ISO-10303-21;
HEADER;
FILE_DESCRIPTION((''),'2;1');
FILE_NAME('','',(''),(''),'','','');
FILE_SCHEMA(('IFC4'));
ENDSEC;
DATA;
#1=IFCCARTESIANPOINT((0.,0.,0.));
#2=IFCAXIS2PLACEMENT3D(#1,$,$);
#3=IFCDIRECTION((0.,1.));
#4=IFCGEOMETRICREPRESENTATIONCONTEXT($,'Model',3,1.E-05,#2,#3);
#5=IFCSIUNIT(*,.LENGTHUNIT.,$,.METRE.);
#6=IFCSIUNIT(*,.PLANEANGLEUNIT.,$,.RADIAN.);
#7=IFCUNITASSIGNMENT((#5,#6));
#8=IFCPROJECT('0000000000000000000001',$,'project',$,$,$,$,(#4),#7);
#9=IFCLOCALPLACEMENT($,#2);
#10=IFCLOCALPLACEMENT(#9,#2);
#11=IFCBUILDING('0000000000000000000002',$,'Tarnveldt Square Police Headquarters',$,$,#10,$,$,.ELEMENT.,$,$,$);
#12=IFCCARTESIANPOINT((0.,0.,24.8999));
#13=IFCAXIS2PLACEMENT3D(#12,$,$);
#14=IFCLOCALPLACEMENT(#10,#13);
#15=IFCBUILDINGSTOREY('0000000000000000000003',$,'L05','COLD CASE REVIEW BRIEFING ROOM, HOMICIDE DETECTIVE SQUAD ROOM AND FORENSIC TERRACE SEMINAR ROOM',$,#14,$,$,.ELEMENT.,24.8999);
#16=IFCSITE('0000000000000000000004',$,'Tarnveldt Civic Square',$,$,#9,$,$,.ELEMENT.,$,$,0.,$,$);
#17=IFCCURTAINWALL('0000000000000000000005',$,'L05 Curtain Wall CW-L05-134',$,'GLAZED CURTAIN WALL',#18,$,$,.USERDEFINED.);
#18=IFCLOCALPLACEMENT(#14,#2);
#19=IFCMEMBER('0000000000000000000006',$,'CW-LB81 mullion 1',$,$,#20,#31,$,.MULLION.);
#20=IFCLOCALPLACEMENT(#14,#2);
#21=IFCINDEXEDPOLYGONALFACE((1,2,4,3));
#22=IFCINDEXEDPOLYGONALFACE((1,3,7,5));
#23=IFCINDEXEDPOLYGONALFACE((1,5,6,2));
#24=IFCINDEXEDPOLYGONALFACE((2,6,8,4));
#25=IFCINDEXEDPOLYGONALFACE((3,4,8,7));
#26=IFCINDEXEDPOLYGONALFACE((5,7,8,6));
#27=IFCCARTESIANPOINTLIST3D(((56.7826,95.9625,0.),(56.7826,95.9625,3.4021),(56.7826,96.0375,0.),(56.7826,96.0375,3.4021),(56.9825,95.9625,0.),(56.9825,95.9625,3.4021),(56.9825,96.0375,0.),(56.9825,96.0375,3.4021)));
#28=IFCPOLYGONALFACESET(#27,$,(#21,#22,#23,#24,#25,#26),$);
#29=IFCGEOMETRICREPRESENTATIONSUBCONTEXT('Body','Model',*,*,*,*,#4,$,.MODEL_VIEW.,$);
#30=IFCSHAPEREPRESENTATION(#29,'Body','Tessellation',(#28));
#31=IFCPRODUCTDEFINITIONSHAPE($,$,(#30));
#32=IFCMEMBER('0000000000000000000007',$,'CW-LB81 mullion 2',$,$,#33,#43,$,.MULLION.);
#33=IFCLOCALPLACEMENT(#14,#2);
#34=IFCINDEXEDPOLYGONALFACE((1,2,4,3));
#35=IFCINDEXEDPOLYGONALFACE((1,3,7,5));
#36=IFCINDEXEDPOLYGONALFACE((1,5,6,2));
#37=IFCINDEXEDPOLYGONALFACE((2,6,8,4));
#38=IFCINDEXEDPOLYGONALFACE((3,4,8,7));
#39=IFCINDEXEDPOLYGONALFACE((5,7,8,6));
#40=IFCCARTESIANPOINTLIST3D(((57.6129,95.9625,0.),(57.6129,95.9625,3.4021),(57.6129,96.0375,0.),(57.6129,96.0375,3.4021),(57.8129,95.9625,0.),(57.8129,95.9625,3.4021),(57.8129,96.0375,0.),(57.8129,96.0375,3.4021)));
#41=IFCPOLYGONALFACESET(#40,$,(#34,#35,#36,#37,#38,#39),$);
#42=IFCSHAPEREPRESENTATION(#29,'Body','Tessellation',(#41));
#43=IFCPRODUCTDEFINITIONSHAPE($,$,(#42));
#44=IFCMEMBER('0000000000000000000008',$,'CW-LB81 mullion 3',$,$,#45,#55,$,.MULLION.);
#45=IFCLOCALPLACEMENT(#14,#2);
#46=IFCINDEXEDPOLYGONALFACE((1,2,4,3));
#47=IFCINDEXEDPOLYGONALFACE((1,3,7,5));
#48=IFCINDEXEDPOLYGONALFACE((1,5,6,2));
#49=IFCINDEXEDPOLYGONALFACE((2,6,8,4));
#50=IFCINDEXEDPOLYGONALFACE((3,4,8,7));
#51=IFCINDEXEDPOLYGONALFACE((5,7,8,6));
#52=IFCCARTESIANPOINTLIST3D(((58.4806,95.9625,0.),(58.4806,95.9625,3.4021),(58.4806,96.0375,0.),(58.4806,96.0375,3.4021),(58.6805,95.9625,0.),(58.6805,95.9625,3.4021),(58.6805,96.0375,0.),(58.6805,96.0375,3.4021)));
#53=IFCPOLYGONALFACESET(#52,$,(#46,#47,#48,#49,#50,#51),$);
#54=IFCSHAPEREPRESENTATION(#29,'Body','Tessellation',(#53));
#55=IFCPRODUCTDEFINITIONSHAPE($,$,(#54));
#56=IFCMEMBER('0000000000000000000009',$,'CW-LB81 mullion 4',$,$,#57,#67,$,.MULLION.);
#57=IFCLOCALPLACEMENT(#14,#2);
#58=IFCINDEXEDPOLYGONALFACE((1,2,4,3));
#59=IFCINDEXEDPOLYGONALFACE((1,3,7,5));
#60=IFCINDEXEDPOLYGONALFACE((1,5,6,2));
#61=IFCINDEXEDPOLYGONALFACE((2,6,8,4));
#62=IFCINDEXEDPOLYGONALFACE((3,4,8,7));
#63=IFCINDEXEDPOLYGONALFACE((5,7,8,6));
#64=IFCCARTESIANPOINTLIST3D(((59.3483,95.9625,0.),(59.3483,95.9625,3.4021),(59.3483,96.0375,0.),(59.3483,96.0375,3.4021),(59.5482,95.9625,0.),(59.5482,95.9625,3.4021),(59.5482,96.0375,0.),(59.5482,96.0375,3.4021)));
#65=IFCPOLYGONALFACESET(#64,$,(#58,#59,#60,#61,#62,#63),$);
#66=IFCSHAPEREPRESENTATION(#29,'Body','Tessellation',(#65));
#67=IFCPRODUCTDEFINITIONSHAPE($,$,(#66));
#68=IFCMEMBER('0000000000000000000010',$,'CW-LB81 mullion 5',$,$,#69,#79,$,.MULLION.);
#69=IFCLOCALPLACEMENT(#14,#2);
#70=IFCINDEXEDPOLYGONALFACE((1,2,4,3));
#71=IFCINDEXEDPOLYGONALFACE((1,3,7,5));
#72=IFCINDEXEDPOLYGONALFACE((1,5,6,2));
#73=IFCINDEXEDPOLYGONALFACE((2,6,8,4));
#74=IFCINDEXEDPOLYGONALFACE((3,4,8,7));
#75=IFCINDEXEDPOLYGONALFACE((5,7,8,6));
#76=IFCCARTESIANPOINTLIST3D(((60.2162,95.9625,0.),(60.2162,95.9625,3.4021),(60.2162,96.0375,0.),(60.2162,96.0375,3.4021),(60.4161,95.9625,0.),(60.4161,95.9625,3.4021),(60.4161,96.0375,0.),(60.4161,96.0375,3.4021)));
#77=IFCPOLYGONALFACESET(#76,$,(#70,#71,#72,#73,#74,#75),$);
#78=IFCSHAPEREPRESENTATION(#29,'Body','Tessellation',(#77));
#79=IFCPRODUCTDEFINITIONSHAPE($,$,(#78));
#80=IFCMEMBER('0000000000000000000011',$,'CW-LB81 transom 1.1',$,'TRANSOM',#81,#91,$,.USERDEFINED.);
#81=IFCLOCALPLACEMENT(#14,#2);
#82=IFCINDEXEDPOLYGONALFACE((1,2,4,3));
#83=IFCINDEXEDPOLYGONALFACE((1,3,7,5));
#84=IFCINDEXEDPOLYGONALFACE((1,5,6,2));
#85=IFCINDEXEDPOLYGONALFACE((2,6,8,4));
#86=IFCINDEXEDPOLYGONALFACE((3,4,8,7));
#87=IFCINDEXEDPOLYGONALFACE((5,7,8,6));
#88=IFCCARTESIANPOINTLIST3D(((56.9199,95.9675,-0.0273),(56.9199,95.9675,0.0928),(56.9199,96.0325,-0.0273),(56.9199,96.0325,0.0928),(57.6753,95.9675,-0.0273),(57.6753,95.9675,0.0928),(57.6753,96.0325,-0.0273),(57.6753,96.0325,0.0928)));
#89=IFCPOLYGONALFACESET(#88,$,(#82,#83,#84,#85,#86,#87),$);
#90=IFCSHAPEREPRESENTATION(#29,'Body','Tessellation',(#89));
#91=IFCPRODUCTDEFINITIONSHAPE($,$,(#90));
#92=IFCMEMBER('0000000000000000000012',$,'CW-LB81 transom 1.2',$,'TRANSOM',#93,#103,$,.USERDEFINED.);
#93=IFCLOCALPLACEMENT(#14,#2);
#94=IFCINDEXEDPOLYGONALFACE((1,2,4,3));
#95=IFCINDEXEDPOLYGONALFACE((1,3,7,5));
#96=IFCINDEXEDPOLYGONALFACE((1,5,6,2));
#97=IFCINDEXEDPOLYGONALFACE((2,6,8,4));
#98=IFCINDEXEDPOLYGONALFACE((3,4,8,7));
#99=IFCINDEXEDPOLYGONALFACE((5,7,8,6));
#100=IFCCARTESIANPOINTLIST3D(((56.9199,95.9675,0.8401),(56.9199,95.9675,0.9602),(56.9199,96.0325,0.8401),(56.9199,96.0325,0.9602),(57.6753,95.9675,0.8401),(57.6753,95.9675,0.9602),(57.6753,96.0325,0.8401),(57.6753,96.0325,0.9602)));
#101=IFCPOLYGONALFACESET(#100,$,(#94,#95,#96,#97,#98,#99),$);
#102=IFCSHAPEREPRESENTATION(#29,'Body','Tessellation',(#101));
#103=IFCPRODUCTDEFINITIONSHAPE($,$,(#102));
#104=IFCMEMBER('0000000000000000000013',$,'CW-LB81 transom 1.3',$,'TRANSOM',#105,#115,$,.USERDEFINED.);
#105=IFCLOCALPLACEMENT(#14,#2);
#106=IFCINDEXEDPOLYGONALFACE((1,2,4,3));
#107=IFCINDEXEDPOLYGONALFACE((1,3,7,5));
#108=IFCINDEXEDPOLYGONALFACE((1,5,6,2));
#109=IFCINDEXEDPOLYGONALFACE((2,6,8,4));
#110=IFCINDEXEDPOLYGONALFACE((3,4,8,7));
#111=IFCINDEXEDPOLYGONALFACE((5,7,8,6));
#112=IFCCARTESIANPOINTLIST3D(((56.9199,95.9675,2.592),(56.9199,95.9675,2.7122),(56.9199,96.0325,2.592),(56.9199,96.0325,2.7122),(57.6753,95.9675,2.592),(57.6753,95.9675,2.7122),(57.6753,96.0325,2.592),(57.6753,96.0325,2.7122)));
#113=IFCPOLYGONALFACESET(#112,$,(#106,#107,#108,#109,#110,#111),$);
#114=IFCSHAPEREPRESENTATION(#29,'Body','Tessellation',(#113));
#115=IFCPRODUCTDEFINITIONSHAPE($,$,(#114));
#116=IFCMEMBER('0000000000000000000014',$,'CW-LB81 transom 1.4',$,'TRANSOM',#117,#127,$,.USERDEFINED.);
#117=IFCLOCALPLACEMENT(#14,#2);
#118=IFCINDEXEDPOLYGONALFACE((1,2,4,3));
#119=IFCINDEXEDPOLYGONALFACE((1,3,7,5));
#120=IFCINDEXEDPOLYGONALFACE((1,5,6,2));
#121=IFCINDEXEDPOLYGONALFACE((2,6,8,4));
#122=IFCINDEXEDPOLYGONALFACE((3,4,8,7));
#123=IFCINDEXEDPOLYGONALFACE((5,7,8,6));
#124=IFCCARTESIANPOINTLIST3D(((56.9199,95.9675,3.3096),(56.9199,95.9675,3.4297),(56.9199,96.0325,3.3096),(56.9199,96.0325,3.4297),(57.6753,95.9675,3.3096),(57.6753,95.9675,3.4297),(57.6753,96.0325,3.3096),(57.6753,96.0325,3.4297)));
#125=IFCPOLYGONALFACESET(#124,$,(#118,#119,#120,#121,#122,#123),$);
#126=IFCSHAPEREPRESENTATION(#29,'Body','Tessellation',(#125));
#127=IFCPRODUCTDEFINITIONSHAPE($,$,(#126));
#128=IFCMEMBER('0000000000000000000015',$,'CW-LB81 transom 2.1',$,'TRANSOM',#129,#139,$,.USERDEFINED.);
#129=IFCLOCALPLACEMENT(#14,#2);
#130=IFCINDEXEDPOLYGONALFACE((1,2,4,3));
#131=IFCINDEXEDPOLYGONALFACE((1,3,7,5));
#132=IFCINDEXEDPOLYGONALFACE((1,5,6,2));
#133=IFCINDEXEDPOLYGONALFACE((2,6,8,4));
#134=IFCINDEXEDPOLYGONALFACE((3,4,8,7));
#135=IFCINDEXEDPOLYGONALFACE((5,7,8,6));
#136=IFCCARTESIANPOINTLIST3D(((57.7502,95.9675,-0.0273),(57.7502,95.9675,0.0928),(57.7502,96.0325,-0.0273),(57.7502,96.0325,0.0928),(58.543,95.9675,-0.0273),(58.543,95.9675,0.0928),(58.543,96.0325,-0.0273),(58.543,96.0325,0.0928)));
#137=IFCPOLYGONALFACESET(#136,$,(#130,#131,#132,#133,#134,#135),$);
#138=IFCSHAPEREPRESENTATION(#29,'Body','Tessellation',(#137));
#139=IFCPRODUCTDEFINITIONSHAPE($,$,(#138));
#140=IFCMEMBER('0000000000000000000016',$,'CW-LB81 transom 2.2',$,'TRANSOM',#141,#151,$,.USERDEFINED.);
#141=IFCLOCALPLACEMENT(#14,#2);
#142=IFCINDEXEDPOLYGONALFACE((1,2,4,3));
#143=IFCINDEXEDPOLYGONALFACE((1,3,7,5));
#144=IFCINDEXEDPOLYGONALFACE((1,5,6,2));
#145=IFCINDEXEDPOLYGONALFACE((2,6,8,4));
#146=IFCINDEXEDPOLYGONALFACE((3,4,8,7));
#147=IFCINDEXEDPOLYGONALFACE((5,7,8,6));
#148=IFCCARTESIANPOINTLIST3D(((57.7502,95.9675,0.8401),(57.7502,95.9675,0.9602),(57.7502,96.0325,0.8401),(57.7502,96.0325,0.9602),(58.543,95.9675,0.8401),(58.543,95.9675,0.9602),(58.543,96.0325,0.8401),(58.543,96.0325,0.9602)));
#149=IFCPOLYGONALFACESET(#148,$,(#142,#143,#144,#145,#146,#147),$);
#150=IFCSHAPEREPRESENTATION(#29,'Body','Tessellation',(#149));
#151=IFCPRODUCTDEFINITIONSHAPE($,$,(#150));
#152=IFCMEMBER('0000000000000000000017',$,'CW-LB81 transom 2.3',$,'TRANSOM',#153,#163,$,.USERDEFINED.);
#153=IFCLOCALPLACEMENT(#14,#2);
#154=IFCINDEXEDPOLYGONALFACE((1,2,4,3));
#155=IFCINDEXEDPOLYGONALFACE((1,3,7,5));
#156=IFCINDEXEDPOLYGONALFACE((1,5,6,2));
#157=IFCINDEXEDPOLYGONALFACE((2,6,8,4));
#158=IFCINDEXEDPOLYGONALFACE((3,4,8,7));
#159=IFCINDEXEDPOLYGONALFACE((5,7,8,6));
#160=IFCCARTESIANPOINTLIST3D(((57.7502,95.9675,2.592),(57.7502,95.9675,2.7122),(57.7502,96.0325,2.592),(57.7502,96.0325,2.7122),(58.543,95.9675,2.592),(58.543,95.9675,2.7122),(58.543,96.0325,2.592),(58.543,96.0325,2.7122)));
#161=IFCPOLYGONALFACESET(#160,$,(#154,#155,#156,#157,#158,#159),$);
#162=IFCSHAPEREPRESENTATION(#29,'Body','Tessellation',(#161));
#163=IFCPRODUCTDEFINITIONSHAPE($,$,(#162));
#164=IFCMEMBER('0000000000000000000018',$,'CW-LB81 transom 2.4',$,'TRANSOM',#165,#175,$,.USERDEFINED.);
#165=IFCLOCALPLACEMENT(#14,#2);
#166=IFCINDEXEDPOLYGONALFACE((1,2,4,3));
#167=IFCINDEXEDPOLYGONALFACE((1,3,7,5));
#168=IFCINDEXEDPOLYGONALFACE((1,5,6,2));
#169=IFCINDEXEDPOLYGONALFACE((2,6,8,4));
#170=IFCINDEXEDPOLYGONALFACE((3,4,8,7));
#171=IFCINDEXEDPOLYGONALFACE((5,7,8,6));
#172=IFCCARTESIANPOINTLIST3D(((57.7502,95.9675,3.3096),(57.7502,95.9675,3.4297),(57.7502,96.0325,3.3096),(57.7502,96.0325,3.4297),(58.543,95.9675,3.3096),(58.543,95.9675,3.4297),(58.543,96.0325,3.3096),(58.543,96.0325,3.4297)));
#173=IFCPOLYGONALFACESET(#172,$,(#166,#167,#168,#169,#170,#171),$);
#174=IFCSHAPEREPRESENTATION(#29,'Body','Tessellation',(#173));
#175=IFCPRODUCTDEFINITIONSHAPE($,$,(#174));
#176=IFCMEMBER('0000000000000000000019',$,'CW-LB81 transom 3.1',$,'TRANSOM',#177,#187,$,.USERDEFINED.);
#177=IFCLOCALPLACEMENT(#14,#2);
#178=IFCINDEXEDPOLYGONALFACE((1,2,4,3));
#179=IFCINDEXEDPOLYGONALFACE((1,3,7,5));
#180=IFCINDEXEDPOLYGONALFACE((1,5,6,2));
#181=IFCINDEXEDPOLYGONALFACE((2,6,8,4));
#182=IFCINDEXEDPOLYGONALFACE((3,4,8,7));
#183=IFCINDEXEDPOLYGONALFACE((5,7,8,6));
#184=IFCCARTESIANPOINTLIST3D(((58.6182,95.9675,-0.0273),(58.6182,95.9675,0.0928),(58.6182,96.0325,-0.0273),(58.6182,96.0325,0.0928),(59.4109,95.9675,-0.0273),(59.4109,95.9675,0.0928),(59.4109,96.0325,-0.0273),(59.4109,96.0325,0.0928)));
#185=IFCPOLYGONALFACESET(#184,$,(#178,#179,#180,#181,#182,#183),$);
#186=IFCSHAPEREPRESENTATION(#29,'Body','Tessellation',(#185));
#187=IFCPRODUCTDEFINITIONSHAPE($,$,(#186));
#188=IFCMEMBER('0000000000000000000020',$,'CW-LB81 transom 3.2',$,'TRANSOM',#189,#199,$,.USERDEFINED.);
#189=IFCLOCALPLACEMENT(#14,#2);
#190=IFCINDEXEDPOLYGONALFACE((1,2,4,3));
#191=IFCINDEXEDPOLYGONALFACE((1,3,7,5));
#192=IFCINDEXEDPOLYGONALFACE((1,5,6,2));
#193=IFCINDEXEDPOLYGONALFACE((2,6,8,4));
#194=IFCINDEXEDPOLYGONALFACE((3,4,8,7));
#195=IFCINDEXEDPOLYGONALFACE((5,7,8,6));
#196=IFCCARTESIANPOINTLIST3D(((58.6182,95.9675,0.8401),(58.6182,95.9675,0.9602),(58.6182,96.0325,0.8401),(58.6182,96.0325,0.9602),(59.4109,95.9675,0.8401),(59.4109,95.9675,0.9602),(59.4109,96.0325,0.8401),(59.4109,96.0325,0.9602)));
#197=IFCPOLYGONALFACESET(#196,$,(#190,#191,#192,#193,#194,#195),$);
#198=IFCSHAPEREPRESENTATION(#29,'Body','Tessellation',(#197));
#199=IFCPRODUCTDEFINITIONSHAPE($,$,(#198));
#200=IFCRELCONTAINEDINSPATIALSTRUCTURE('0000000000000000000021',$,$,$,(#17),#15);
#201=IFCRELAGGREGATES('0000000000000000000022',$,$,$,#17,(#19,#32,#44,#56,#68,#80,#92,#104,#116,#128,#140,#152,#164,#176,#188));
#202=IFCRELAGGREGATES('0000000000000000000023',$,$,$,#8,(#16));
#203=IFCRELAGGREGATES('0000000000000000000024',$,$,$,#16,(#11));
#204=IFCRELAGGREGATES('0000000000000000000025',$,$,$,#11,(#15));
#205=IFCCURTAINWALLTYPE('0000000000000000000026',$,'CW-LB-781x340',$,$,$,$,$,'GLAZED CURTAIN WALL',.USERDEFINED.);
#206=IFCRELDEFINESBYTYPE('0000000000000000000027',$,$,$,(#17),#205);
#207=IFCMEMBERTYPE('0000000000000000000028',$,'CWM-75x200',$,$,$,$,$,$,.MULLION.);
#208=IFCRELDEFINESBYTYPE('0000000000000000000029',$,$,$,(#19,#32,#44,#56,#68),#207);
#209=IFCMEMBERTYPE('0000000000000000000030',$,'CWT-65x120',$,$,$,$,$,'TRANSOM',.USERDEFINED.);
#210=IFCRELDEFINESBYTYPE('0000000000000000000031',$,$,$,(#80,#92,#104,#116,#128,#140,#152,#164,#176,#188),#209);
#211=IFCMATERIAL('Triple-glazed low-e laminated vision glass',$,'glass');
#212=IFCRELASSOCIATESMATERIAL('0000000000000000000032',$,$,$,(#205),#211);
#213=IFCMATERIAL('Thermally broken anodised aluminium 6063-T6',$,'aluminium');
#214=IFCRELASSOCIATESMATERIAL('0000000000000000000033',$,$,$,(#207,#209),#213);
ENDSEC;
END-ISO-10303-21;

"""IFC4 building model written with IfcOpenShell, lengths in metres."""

from ifc_helpers import new_model, si_unit, direction, frame, origin, origin_2d, place, context, subcontext, project, spatial, rectangle, extrude, material, material_profile, profile_set, type_object, element, aggregate, save


model = new_model("IFC4")

# Units and contexts
model_context = context("Model", 3, precision=1e-05, world=origin(), true_north=direction((0.0, 1.0)))
body_context = subcontext(model_context, "Body", "Model", "MODEL_VIEW")
ifc_project = project(units=[si_unit("LENGTHUNIT", "METRE"), si_unit("PLANEANGLEUNIT", "RADIAN")], contexts=[model_context])

# Site, building, storey
site_placement = place(None, origin())
site = spatial("IfcSite", under=ifc_project, at=site_placement, Name="Tarnveldt Civic Square", CompositionType="ELEMENT", RefElevation=0.0)
building_placement = place(site_placement, origin())
building = spatial("IfcBuilding", under=site, at=building_placement, Name="Tarnveldt Square Police Headquarters", CompositionType="ELEMENT")
storey_placement = place(building_placement, frame((0.0, 0.0, 24.8999)))
storey = spatial("IfcBuildingStorey", under=building, at=storey_placement, Name="L05", Description="COLD CASE REVIEW BRIEFING ROOM, HOMICIDE DETECTIVE SQUAD ROOM AND FORENSIC TERRACE SEMINAR ROOM", CompositionType="ELEMENT", Elevation=24.8999)

# Curtain wall, members
ifc_material_1 = material(Name="Triple-glazed low-e laminated vision glass", Category="glass")
curtain_wall_type = type_object("IfcCurtainWallType", Name="CW-LB-781x340", ElementType="GLAZED CURTAIN WALL", PredefinedType="USERDEFINED", material=ifc_material_1)
curtain_wall_placement = place(storey_placement, origin())
curtain_wall = element("IfcCurtainWall", 1, at=curtain_wall_placement, inside=storey, type_object=curtain_wall_type, Name="L05 Curtain Wall CW-L05-134", ObjectType="GLAZED CURTAIN WALL", PredefinedType="USERDEFINED")
ifc_material_2 = material(Name="Thermally broken anodised aluminium 6063-T6", Category="aluminium")
ifc_material_profile_1 = material_profile(ifc_material_2, rectangle(XDim=0.075, YDim=0.2, at=origin_2d()), Name="CW-M75x200")
ifc_profile_set_1 = profile_set([ifc_material_profile_1], Name="Thermally broken anodised aluminium 6063-T6")
member_type_1 = type_object("IfcMemberType", Name="CWM-75x200", PredefinedType="MULLION", material=ifc_profile_set_1)
member_1_placement = place(storey_placement, frame((56.8826, 96.0, 0.0), z_axis=(0.0, 0.0, 1.0), x_axis=(0.0, 1.0, 0.0)))
member_1 = element("IfcMember", 2, at=member_1_placement, type_object=member_type_1, Name="CW-LB81 mullion 1", PredefinedType="MULLION", context=body_context, shape_type="SweptSolid", body=[
    extrude(rectangle(XDim=0.075, YDim=0.2, at=origin_2d()), origin(), (0.0, 0.0, 1.0), 3.4021),
])
member_2_placement = place(storey_placement, frame((57.7129, 96.0, 0.0), z_axis=(0.0, 0.0, 1.0), x_axis=(0.0, 1.0, 0.0)))
member_2 = element("IfcMember", 3, at=member_2_placement, type_object=member_type_1, Name="CW-LB81 mullion 2", PredefinedType="MULLION", context=body_context, shape_type="SweptSolid", body=[
    extrude(rectangle(XDim=0.075, YDim=0.2, at=origin_2d()), origin(), (0.0, 0.0, 1.0), 3.4021),
])
member_3_placement = place(storey_placement, frame((58.5806, 96.0, 0.0), z_axis=(0.0, 0.0, 1.0), x_axis=(0.0, 1.0, 0.0)))
member_3 = element("IfcMember", 4, at=member_3_placement, type_object=member_type_1, Name="CW-LB81 mullion 3", PredefinedType="MULLION", context=body_context, shape_type="SweptSolid", body=[
    extrude(rectangle(XDim=0.075, YDim=0.2, at=origin_2d()), origin(), (0.0, 0.0, 1.0), 3.4021),
])
member_4_placement = place(storey_placement, frame((59.4482, 96.0, 0.0), z_axis=(0.0, 0.0, 1.0), x_axis=(0.0, 1.0, 0.0)))
member_4 = element("IfcMember", 5, at=member_4_placement, type_object=member_type_1, Name="CW-LB81 mullion 4", PredefinedType="MULLION", context=body_context, shape_type="SweptSolid", body=[
    extrude(rectangle(XDim=0.075, YDim=0.2, at=origin_2d()), origin(), (0.0, 0.0, 1.0), 3.4021),
])
member_5_placement = place(storey_placement, frame((60.3162, 96.0, 0.0), z_axis=(0.0, 0.0, 1.0), x_axis=(0.0, 1.0, 0.0)))
member_5 = element("IfcMember", 6, at=member_5_placement, type_object=member_type_1, Name="CW-LB81 mullion 5", PredefinedType="MULLION", context=body_context, shape_type="SweptSolid", body=[
    extrude(rectangle(XDim=0.075, YDim=0.2, at=origin_2d()), origin(), (0.0, 0.0, 1.0), 3.4021),
])
ifc_material_profile_2 = material_profile(ifc_material_2, rectangle(XDim=0.0649, YDim=0.1201, at=origin_2d()), Name="CW-T65x120")
ifc_profile_set_2 = profile_set([ifc_material_profile_2], Name="Thermally broken anodised aluminium 6063-T6")
member_type_2 = type_object("IfcMemberType", Name="CWT-65x120", ElementType="TRANSOM", PredefinedType="USERDEFINED", material=ifc_profile_set_2)
member_6_placement = place(storey_placement, frame((56.9199, 96.0, 0.0327), z_axis=(1.0, 0.0, 0.0), x_axis=(0.0, 1.0, 0.0)))
member_6 = element("IfcMember", 7, at=member_6_placement, type_object=member_type_2, Name="CW-LB81 transom 1.1", ObjectType="TRANSOM", PredefinedType="USERDEFINED", context=body_context, shape_type="SweptSolid", body=[
    extrude(rectangle(XDim=0.0649, YDim=0.1201, at=origin_2d()), origin(), (0.0, 0.0, 1.0), 0.7554),
])
member_7_placement = place(storey_placement, frame((56.9199, 96.0, 0.9001), z_axis=(1.0, 0.0, 0.0), x_axis=(0.0, 1.0, 0.0)))
member_7 = element("IfcMember", 8, at=member_7_placement, type_object=member_type_2, Name="CW-LB81 transom 1.2", ObjectType="TRANSOM", PredefinedType="USERDEFINED", context=body_context, shape_type="SweptSolid", body=[
    extrude(rectangle(XDim=0.0649, YDim=0.1201, at=origin_2d()), origin(), (0.0, 0.0, 1.0), 0.7554),
])
member_8_placement = place(storey_placement, frame((56.9199, 96.0, 2.6521), z_axis=(1.0, 0.0, 0.0), x_axis=(0.0, 1.0, 0.0)))
member_8 = element("IfcMember", 9, at=member_8_placement, type_object=member_type_2, Name="CW-LB81 transom 1.3", ObjectType="TRANSOM", PredefinedType="USERDEFINED", context=body_context, shape_type="SweptSolid", body=[
    extrude(rectangle(XDim=0.0649, YDim=0.1201, at=origin_2d()), origin(), (0.0, 0.0, 1.0), 0.7554),
])
member_9_placement = place(storey_placement, frame((56.9199, 96.0, 3.3696), z_axis=(1.0, 0.0, 0.0), x_axis=(0.0, 1.0, 0.0)))
member_9 = element("IfcMember", 10, at=member_9_placement, type_object=member_type_2, Name="CW-LB81 transom 1.4", ObjectType="TRANSOM", PredefinedType="USERDEFINED", context=body_context, shape_type="SweptSolid", body=[
    extrude(rectangle(XDim=0.0649, YDim=0.1201, at=origin_2d()), origin(), (0.0, 0.0, 1.0), 0.7554),
])
member_10_placement = place(storey_placement, frame((57.7502, 96.0, 0.0327), z_axis=(1.0, 0.0, 0.0), x_axis=(0.0, 1.0, 0.0)))
member_10 = element("IfcMember", 11, at=member_10_placement, type_object=member_type_2, Name="CW-LB81 transom 2.1", ObjectType="TRANSOM", PredefinedType="USERDEFINED", context=body_context, shape_type="SweptSolid", body=[
    extrude(rectangle(XDim=0.0649, YDim=0.1201, at=origin_2d()), origin(), (0.0, 0.0, 1.0), 0.7927),
])
member_11_placement = place(storey_placement, frame((57.7502, 96.0, 0.9001), z_axis=(1.0, 0.0, 0.0), x_axis=(0.0, 1.0, 0.0)))
member_11 = element("IfcMember", 12, at=member_11_placement, type_object=member_type_2, Name="CW-LB81 transom 2.2", ObjectType="TRANSOM", PredefinedType="USERDEFINED", context=body_context, shape_type="SweptSolid", body=[
    extrude(rectangle(XDim=0.0649, YDim=0.1201, at=origin_2d()), origin(), (0.0, 0.0, 1.0), 0.7927),
])
member_12_placement = place(storey_placement, frame((57.7502, 96.0, 2.6521), z_axis=(1.0, 0.0, 0.0), x_axis=(0.0, 1.0, 0.0)))
member_12 = element("IfcMember", 13, at=member_12_placement, type_object=member_type_2, Name="CW-LB81 transom 2.3", ObjectType="TRANSOM", PredefinedType="USERDEFINED", context=body_context, shape_type="SweptSolid", body=[
    extrude(rectangle(XDim=0.0649, YDim=0.1201, at=origin_2d()), origin(), (0.0, 0.0, 1.0), 0.7927),
])
member_13_placement = place(storey_placement, frame((57.7502, 96.0, 3.3696), z_axis=(1.0, 0.0, 0.0), x_axis=(0.0, 1.0, 0.0)))
member_13 = element("IfcMember", 14, at=member_13_placement, type_object=member_type_2, Name="CW-LB81 transom 2.4", ObjectType="TRANSOM", PredefinedType="USERDEFINED", context=body_context, shape_type="SweptSolid", body=[
    extrude(rectangle(XDim=0.0649, YDim=0.1201, at=origin_2d()), origin(), (0.0, 0.0, 1.0), 0.7927),
])
member_14_placement = place(storey_placement, frame((58.6182, 96.0, 0.0327), z_axis=(1.0, 0.0, 0.0), x_axis=(0.0, 1.0, 0.0)))
member_14 = element("IfcMember", 15, at=member_14_placement, type_object=member_type_2, Name="CW-LB81 transom 3.1", ObjectType="TRANSOM", PredefinedType="USERDEFINED", context=body_context, shape_type="SweptSolid", body=[
    extrude(rectangle(XDim=0.0649, YDim=0.1201, at=origin_2d()), origin(), (0.0, 0.0, 1.0), 0.7927),
])
member_15_placement = place(storey_placement, frame((58.6182, 96.0, 0.9001), z_axis=(1.0, 0.0, 0.0), x_axis=(0.0, 1.0, 0.0)))
member_15 = element("IfcMember", 16, at=member_15_placement, type_object=member_type_2, Name="CW-LB81 transom 3.2", ObjectType="TRANSOM", PredefinedType="USERDEFINED", context=body_context, shape_type="SweptSolid", body=[
    extrude(rectangle(XDim=0.0649, YDim=0.1201, at=origin_2d()), origin(), (0.0, 0.0, 1.0), 0.7927),
])
aggregate(curtain_wall, [member_1, member_2, member_3, member_4, member_5, member_6, member_7, member_8, member_9, member_10, member_11, member_12, member_13, member_14, member_15])

save(model, "model.ifc")
